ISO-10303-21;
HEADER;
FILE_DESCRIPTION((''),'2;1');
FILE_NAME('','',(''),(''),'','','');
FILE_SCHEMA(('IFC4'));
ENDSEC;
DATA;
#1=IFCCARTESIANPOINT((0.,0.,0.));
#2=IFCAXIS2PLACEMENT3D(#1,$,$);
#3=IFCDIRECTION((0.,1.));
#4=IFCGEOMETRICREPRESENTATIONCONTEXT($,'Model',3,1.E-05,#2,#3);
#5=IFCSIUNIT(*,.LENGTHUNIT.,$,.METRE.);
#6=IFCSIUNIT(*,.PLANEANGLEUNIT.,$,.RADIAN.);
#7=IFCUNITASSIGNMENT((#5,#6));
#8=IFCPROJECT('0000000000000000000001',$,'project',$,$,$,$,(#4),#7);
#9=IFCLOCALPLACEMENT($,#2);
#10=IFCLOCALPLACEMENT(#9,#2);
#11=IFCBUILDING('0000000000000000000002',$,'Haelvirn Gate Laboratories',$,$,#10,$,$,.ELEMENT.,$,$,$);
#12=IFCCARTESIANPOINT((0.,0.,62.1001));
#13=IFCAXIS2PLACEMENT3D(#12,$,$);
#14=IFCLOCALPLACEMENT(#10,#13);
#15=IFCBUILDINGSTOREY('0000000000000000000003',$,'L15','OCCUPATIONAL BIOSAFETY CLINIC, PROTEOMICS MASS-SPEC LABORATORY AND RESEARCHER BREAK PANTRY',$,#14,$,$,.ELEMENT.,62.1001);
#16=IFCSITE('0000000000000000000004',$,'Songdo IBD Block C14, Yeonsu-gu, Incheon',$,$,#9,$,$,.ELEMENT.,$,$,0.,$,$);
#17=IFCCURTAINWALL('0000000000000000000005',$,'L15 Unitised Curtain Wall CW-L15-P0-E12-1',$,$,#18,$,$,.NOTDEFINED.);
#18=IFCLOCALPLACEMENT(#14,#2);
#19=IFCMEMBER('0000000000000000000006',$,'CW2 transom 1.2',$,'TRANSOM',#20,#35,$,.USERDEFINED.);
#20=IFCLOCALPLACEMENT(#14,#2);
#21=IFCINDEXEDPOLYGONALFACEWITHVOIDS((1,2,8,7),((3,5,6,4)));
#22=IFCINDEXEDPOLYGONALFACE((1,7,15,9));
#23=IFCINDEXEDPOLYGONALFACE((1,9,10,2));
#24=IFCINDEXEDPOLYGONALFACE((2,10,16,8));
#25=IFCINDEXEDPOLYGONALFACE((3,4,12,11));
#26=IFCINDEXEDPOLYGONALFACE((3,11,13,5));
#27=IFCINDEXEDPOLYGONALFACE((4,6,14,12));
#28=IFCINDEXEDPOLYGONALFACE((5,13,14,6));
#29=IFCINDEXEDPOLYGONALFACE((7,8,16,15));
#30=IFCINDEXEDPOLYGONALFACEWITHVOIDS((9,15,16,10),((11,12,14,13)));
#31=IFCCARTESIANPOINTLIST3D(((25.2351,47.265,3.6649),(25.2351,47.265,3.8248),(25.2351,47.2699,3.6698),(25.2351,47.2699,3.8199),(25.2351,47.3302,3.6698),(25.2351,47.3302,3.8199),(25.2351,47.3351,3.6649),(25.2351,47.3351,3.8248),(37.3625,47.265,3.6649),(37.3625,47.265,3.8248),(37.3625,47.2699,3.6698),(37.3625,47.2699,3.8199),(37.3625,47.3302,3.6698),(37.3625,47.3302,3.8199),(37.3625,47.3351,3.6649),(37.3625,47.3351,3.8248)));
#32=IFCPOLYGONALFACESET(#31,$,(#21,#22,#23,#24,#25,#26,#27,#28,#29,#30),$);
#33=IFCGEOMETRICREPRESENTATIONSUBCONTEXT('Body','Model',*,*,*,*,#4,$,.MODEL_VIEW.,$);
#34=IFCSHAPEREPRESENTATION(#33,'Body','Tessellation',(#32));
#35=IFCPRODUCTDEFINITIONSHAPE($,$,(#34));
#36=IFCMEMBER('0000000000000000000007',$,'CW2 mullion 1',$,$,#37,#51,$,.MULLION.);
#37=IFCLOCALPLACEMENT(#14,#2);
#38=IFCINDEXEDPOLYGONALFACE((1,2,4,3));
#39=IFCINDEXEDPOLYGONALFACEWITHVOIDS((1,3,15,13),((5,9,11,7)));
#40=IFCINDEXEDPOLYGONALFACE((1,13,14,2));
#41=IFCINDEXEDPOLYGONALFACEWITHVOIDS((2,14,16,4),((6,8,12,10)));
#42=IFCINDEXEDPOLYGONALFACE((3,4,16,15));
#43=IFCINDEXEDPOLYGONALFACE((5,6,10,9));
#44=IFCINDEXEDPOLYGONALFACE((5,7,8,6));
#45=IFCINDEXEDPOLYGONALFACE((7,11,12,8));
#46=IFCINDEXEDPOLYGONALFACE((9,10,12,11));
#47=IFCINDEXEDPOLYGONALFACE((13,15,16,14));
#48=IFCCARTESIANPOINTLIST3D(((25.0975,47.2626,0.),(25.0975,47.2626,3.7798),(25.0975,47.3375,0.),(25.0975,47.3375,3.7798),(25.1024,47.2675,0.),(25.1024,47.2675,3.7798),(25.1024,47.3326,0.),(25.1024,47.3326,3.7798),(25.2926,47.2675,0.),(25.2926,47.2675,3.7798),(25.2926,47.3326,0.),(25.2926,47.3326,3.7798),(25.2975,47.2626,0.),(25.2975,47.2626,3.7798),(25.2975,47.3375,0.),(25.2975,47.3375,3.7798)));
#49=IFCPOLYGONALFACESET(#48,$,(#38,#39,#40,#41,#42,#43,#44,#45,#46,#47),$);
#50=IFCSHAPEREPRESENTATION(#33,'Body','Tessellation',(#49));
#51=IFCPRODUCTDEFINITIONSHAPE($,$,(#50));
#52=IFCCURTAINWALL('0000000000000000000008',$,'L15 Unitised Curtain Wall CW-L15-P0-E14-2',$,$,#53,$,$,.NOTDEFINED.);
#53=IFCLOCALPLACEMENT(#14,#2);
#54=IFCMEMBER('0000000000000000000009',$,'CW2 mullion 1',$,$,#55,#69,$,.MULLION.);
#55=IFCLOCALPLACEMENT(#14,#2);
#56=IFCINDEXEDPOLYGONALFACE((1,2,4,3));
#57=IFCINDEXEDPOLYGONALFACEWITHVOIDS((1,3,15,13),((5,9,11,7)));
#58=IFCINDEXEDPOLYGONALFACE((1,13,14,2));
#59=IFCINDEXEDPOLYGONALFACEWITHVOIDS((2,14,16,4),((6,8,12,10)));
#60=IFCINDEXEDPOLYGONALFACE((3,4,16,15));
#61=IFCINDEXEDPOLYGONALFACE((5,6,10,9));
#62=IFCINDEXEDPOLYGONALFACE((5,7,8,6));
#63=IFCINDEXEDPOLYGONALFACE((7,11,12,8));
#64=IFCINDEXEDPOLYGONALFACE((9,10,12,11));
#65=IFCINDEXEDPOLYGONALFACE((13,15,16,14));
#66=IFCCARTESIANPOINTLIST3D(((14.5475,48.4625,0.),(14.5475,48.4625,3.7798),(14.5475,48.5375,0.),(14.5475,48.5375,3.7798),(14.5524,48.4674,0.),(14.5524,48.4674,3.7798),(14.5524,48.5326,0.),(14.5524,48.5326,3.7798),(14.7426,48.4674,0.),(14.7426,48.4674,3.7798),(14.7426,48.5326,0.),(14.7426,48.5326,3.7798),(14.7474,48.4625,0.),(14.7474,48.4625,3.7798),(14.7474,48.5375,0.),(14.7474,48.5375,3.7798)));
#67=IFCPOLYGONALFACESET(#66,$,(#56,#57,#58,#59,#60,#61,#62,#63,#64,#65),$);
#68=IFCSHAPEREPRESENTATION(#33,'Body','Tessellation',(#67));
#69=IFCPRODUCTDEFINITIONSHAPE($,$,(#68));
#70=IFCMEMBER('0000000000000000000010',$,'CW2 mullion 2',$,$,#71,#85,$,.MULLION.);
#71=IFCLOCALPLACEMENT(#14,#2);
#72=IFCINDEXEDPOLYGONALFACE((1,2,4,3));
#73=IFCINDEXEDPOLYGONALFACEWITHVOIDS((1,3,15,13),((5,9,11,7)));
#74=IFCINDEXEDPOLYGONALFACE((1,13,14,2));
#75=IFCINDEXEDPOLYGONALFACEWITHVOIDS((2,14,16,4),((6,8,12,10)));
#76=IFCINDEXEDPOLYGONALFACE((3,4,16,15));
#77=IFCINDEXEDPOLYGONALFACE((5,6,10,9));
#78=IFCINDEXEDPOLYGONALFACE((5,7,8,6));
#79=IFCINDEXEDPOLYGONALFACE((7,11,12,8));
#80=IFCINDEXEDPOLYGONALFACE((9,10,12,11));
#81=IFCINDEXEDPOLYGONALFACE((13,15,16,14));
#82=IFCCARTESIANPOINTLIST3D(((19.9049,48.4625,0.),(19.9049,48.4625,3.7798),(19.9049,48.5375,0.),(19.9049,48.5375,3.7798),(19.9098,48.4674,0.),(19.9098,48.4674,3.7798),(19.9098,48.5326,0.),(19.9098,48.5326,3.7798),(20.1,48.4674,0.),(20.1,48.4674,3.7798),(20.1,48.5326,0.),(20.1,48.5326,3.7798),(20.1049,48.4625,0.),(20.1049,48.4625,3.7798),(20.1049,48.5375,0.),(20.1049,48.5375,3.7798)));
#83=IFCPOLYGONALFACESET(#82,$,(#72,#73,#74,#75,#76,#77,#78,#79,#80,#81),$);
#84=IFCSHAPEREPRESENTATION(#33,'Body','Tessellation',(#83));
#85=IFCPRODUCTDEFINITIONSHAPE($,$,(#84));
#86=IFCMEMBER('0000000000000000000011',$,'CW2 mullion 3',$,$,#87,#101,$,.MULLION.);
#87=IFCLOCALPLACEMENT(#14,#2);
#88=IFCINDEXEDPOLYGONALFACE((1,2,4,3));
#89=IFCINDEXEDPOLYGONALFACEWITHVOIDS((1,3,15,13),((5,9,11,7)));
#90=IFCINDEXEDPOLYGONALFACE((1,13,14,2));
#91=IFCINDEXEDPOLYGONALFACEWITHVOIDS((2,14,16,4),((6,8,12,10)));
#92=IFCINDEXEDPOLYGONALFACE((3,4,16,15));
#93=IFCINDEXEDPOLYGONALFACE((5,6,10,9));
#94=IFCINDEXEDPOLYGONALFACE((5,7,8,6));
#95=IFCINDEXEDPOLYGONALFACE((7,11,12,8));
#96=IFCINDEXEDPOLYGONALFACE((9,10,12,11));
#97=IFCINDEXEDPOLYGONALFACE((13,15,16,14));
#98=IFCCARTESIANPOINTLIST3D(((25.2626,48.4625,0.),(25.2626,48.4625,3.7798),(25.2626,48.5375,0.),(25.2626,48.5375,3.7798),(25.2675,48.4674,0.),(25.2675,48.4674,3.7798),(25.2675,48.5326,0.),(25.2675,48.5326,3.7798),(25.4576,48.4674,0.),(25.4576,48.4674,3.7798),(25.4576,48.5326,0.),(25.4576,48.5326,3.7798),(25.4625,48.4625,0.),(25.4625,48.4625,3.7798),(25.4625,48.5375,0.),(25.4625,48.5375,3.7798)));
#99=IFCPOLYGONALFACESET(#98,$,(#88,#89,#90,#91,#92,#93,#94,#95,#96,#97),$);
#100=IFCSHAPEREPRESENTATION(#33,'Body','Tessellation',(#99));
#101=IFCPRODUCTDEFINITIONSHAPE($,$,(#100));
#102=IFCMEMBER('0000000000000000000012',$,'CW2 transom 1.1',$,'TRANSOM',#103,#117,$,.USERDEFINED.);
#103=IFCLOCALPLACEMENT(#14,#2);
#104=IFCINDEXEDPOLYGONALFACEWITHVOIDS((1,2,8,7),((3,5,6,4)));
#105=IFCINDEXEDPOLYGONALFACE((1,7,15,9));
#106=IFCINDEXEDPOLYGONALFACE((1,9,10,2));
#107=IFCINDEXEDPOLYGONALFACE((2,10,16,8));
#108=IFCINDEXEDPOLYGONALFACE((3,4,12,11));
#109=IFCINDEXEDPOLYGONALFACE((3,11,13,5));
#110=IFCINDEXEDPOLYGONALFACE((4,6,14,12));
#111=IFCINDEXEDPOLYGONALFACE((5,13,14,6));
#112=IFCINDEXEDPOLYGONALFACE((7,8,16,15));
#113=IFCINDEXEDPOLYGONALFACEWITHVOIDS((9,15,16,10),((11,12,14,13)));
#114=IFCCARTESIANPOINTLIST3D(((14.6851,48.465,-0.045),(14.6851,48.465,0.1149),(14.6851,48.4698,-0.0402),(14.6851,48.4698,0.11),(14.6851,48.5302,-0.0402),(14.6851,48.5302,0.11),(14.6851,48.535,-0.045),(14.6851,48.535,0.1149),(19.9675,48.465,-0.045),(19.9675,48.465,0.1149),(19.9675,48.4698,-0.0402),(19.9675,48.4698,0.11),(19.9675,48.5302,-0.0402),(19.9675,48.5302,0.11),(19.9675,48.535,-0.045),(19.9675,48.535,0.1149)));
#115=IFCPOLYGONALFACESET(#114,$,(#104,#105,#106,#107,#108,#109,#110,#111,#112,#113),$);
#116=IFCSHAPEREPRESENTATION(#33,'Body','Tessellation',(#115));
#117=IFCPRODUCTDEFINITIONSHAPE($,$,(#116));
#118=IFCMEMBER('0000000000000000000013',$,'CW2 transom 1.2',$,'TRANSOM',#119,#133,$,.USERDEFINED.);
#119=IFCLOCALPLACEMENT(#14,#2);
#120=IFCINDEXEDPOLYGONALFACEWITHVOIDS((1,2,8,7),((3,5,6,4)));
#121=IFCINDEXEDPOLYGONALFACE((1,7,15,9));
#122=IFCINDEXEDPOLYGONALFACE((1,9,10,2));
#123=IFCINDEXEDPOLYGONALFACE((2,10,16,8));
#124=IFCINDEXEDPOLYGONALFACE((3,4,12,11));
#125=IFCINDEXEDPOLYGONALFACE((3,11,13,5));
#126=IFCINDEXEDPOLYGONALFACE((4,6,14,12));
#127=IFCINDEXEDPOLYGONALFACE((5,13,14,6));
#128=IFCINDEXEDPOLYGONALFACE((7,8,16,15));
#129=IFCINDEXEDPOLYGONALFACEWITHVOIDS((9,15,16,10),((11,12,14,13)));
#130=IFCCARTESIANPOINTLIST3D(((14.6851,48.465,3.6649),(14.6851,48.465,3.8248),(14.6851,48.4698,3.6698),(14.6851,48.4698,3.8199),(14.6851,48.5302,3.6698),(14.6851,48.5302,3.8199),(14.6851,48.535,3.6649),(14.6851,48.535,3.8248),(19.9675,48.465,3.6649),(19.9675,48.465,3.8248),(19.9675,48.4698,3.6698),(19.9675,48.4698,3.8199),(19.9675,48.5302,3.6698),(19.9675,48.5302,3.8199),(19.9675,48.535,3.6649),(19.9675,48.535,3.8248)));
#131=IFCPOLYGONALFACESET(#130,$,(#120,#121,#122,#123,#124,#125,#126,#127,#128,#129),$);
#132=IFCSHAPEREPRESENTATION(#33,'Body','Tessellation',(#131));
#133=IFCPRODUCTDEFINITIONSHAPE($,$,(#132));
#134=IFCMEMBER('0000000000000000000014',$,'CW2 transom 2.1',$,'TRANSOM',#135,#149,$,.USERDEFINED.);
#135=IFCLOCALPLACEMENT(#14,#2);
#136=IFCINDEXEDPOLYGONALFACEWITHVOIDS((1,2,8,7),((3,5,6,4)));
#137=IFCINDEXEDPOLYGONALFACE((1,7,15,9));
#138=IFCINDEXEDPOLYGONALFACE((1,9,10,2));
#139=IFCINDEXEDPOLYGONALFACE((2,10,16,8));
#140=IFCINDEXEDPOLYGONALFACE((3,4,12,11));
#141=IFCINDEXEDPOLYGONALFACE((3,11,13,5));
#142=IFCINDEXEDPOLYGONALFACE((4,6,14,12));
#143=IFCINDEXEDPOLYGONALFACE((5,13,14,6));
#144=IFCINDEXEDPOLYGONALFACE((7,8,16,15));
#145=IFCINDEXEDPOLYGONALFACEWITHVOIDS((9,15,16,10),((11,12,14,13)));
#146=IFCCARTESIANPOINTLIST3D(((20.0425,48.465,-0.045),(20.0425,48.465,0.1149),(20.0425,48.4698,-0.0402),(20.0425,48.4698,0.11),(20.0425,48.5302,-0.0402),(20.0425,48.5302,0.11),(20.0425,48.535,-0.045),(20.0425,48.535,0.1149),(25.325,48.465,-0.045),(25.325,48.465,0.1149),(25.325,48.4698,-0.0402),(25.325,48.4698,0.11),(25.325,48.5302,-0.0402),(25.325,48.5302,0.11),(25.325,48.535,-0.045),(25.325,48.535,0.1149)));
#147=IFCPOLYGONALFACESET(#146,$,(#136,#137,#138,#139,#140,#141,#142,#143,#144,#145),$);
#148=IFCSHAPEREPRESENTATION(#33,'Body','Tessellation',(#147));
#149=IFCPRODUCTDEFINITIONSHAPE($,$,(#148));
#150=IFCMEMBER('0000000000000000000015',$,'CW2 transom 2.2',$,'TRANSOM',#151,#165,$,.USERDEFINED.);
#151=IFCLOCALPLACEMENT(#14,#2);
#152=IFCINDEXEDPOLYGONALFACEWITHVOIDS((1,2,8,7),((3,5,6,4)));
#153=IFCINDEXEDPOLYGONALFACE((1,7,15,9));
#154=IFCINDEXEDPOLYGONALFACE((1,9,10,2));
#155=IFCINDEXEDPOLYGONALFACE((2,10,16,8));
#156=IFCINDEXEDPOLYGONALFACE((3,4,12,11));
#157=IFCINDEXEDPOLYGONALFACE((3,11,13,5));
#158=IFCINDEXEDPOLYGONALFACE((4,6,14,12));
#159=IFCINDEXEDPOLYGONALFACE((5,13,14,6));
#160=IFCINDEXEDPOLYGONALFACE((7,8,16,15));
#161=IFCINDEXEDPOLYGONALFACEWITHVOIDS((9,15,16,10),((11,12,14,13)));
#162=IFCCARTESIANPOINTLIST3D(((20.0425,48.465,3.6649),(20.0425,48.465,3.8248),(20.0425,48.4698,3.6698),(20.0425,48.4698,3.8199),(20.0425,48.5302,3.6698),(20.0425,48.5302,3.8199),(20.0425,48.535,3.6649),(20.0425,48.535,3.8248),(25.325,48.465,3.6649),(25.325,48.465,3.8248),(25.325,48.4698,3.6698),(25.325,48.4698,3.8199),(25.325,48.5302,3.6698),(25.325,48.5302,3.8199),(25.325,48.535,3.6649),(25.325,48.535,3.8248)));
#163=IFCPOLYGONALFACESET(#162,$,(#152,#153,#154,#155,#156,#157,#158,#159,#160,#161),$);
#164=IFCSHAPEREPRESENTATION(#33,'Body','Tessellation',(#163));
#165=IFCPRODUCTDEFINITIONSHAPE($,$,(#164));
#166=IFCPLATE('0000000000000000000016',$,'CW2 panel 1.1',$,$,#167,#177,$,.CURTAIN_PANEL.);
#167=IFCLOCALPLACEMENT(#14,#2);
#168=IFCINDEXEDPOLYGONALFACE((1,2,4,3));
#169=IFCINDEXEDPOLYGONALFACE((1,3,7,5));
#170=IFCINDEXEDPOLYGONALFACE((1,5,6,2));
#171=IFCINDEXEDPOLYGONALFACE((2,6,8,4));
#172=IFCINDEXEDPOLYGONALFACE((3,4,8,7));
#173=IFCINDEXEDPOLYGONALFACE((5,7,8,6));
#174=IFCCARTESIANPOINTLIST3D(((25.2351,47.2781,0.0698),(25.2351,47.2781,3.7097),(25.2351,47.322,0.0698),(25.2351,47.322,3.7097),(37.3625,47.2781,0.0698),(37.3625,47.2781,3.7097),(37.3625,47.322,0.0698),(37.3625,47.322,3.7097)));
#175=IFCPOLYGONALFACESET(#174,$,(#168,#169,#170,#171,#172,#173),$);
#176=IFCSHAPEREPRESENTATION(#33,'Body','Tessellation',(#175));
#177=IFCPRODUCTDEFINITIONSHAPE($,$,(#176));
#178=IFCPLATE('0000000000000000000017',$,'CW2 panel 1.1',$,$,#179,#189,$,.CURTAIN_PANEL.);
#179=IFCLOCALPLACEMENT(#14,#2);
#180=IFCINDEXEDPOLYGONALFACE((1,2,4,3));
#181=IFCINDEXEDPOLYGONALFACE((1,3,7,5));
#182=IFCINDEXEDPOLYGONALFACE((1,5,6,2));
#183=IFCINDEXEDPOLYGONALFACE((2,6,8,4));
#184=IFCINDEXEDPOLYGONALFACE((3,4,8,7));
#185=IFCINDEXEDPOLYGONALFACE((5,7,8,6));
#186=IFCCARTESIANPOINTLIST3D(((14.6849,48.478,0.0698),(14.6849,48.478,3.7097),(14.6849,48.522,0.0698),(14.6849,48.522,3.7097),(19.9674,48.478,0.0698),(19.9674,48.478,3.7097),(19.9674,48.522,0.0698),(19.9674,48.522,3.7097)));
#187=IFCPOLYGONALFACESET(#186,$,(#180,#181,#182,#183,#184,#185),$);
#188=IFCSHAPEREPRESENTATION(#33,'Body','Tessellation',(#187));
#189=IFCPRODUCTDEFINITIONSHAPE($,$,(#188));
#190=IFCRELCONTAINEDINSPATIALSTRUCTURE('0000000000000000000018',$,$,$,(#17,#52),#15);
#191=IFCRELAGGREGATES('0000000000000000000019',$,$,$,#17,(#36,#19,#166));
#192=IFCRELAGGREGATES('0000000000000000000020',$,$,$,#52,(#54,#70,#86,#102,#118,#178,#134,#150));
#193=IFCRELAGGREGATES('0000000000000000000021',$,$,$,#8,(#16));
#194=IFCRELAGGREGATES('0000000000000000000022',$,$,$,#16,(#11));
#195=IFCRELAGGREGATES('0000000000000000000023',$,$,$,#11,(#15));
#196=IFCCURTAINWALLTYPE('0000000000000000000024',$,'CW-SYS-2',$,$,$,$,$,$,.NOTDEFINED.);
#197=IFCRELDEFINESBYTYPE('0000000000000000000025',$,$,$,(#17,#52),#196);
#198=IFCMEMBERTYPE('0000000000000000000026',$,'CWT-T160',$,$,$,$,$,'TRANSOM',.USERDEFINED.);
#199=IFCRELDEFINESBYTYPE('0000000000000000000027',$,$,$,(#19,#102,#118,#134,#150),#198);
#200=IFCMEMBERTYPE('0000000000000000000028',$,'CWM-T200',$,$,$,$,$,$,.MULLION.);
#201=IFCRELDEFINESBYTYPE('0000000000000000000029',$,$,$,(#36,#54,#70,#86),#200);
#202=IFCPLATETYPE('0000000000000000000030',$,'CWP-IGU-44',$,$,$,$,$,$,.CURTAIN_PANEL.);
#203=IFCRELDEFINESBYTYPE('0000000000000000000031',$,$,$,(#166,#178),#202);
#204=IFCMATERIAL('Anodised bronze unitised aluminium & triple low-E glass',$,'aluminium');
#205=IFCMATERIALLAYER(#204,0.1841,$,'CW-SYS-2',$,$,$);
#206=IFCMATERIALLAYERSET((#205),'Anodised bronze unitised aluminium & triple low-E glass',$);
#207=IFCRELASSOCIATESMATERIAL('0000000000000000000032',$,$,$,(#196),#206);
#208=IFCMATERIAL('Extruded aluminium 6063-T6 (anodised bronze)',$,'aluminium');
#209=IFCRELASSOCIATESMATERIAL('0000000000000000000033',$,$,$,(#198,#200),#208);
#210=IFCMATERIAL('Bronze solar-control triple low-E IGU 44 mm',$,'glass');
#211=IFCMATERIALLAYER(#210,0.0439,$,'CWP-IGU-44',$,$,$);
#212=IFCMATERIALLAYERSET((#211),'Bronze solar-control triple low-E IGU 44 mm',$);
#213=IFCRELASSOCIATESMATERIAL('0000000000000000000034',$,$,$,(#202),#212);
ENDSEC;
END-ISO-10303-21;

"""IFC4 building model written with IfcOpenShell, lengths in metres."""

from ifc_helpers import new_model, si_unit, direction, frame, origin, origin_2d, place, context, subcontext, project, spatial, rectangle, hollow_rectangle, extrude, source, transform, mapped, material, layer, layer_set, material_profile, profile_set, type_object, type_shapes, element, aggregate, save


model = new_model("IFC4")

# Units and contexts
model_context = context("Model", 3, precision=1e-05, world=origin(), true_north=direction((0.0, 1.0)))
body_context = subcontext(model_context, "Body", "Model", "MODEL_VIEW")
ifc_project = project(units=[si_unit("LENGTHUNIT", "METRE"), si_unit("PLANEANGLEUNIT", "RADIAN")], contexts=[model_context])

# Site, building, storey
site_placement = place(None, origin())
site = spatial("IfcSite", under=ifc_project, at=site_placement, Name="Songdo IBD Block C14, Yeonsu-gu, Incheon", CompositionType="ELEMENT", RefElevation=0.0)
building_placement = place(site_placement, origin())
building = spatial("IfcBuilding", under=site, at=building_placement, Name="Haelvirn Gate Laboratories", CompositionType="ELEMENT")
storey_placement = place(building_placement, frame((0.0, 0.0, 62.1001)))
storey = spatial("IfcBuildingStorey", under=building, at=storey_placement, Name="L15", Description="OCCUPATIONAL BIOSAFETY CLINIC, PROTEOMICS MASS-SPEC LABORATORY AND RESEARCHER BREAK PANTRY", CompositionType="ELEMENT", Elevation=62.1001)

# Curtain walls, members
ifc_material_1 = material(Name="Anodised bronze unitised aluminium & triple low-E glass", Category="aluminium")
ifc_layer_1 = layer(ifc_material_1, 0.1841, Name="CW-SYS-2")
ifc_layer_set_1 = layer_set([ifc_layer_1], Name="Anodised bronze unitised aluminium & triple low-E glass")
curtain_wall_type = type_object("IfcCurtainWallType", Name="CW-SYS-2", PredefinedType="NOTDEFINED", material=ifc_layer_set_1)
curtain_wall_1_placement = place(storey_placement, origin())
curtain_wall_1 = element("IfcCurtainWall", 1, at=curtain_wall_1_placement, inside=storey, type_object=curtain_wall_type, Name="L15 Unitised Curtain Wall CW-L15-P0-E12-1", PredefinedType="NOTDEFINED")
ifc_material_2 = material(Name="Extruded aluminium 6063-T6 (anodised bronze)", Category="aluminium")
ifc_material_profile_1 = material_profile(ifc_material_2, hollow_rectangle(XDim=0.0701, YDim=0.1599, WallThickness=0.0049, at=origin_2d()), Name="CWT-160x70x5")
ifc_profile_set_1 = profile_set([ifc_material_profile_1], Name="Extruded aluminium 6063-T6 (anodised bronze)")
member_type_1 = type_object("IfcMemberType", Name="CWT-T160", ElementType="TRANSOM", PredefinedType="USERDEFINED", material=ifc_profile_set_1)
shared_shape_1 = source(origin(), body_context, "Body", "SweptSolid", [
    extrude(hollow_rectangle(XDim=0.0701, YDim=0.1599, WallThickness=0.0049, at=origin_2d()), origin(), (0.0, 0.0, 1.0), 12.1274),
])
member_1_placement = place(storey_placement, frame((25.2351, 47.3, 3.7449), z_axis=(1.0, 0.0, 0.0), x_axis=(0.0, 1.0, 0.0)))
member_1 = element("IfcMember", 2, at=member_1_placement, type_object=member_type_1, Name="CW2 transom 1.2", ObjectType="TRANSOM", PredefinedType="USERDEFINED", context=body_context, shape_type="MappedRepresentation", body=[
    mapped(shared_shape_1, transform((0.0, 0.0, 0.0), scale=1.0)),
])
ifc_material_profile_2 = material_profile(ifc_material_2, hollow_rectangle(XDim=0.075, YDim=0.2, WallThickness=0.0049, at=origin_2d()), Name="CWM-200x75x5")
ifc_profile_set_2 = profile_set([ifc_material_profile_2], Name="Extruded aluminium 6063-T6 (anodised bronze)")
member_type_2 = type_object("IfcMemberType", Name="CWM-T200", PredefinedType="MULLION", material=ifc_profile_set_2)
shared_shape_2 = source(origin(), body_context, "Body", "SweptSolid", [
    extrude(hollow_rectangle(XDim=0.075, YDim=0.2, WallThickness=0.0049, at=origin_2d()), origin(), (0.0, 0.0, 1.0), 3.7798),
])
type_shapes(member_type_2, [shared_shape_2])
member_2_placement = place(storey_placement, frame((25.1975, 47.3, 0.0), z_axis=(0.0, 0.0, 1.0), x_axis=(0.0, 1.0, 0.0)))
member_2 = element("IfcMember", 3, at=member_2_placement, type_object=member_type_2, Name="CW2 mullion 1", PredefinedType="MULLION", context=body_context, shape_type="MappedRepresentation", body=[
    mapped(shared_shape_2, transform((0.0, 0.0, 0.0), scale=1.0)),
])
curtain_wall_2_placement = place(storey_placement, origin())
curtain_wall_2 = element("IfcCurtainWall", 4, at=curtain_wall_2_placement, inside=storey, type_object=curtain_wall_type, Name="L15 Unitised Curtain Wall CW-L15-P0-E14-2", PredefinedType="NOTDEFINED")
member_3_placement = place(storey_placement, frame((14.6475, 48.5, 0.0), z_axis=(0.0, 0.0, 1.0), x_axis=(0.0, 1.0, 0.0)))
member_3 = element("IfcMember", 5, at=member_3_placement, type_object=member_type_2, Name="CW2 mullion 1", PredefinedType="MULLION", context=body_context, shape_type="MappedRepresentation", body=[
    mapped(shared_shape_2, transform((0.0, 0.0, 0.0), scale=1.0)),
])
member_4_placement = place(storey_placement, frame((20.0049, 48.5, 0.0), z_axis=(0.0, 0.0, 1.0), x_axis=(0.0, 1.0, 0.0)))
member_4 = element("IfcMember", 6, at=member_4_placement, type_object=member_type_2, Name="CW2 mullion 2", PredefinedType="MULLION", context=body_context, shape_type="MappedRepresentation", body=[
    mapped(shared_shape_2, transform((0.0, 0.0, 0.0), scale=1.0)),
])
member_5_placement = place(storey_placement, frame((25.3625, 48.5, 0.0), z_axis=(0.0, 0.0, 1.0), x_axis=(0.0, 1.0, 0.0)))
member_5 = element("IfcMember", 7, at=member_5_placement, type_object=member_type_2, Name="CW2 mullion 3", PredefinedType="MULLION", context=body_context, shape_type="MappedRepresentation", body=[
    mapped(shared_shape_2, transform((0.0, 0.0, 0.0), scale=1.0)),
])
shared_shape_3 = source(origin(), body_context, "Body", "SweptSolid", [
    extrude(hollow_rectangle(XDim=0.0701, YDim=0.1599, WallThickness=0.0049, at=origin_2d()), origin(), (0.0, 0.0, 1.0), 5.2825),
])
type_shapes(member_type_1, [shared_shape_1, shared_shape_3])
member_6_placement = place(storey_placement, frame((14.6851, 48.5, 0.0349), z_axis=(1.0, 0.0, 0.0), x_axis=(0.0, 1.0, 0.0)))
member_6 = element("IfcMember", 8, at=member_6_placement, type_object=member_type_1, Name="CW2 transom 1.1", ObjectType="TRANSOM", PredefinedType="USERDEFINED", context=body_context, shape_type="MappedRepresentation", body=[
    mapped(shared_shape_3, transform((0.0, 0.0, 0.0), scale=1.0)),
])
member_7_placement = place(storey_placement, frame((14.6851, 48.5, 3.7449), z_axis=(1.0, 0.0, 0.0), x_axis=(0.0, 1.0, 0.0)))
member_7 = element("IfcMember", 9, at=member_7_placement, type_object=member_type_1, Name="CW2 transom 1.2", ObjectType="TRANSOM", PredefinedType="USERDEFINED", context=body_context, shape_type="MappedRepresentation", body=[
    mapped(shared_shape_3, transform((0.0, 0.0, 0.0), scale=1.0)),
])
member_8_placement = place(storey_placement, frame((20.0425, 48.5, 0.0349), z_axis=(1.0, 0.0, 0.0), x_axis=(0.0, 1.0, 0.0)))
member_8 = element("IfcMember", 10, at=member_8_placement, type_object=member_type_1, Name="CW2 transom 2.1", ObjectType="TRANSOM", PredefinedType="USERDEFINED", context=body_context, shape_type="MappedRepresentation", body=[
    mapped(shared_shape_3, transform((0.0, 0.0, 0.0), scale=1.0)),
])
member_9_placement = place(storey_placement, frame((20.0425, 48.5, 3.7449), z_axis=(1.0, 0.0, 0.0), x_axis=(0.0, 1.0, 0.0)))
member_9 = element("IfcMember", 11, at=member_9_placement, type_object=member_type_1, Name="CW2 transom 2.2", ObjectType="TRANSOM", PredefinedType="USERDEFINED", context=body_context, shape_type="MappedRepresentation", body=[
    mapped(shared_shape_3, transform((0.0, 0.0, 0.0), scale=1.0)),
])

# Plates
ifc_material_3 = material(Name="Bronze solar-control triple low-E IGU 44 mm", Category="glass")
ifc_layer_2 = layer(ifc_material_3, 0.0439, Name="CWP-IGU-44")
ifc_layer_set_2 = layer_set([ifc_layer_2], Name="Bronze solar-control triple low-E IGU 44 mm")
plate_type = type_object("IfcPlateType", Name="CWP-IGU-44", PredefinedType="CURTAIN_PANEL", material=ifc_layer_set_2)
shared_shape_4 = source(origin(), body_context, "Body", "SweptSolid", [
    extrude(rectangle(XDim=12.1274, YDim=0.0439, at=origin_2d()), origin(), (0.0, 0.0, 1.0), 3.6399),
])
plate_1_placement = place(storey_placement, frame((31.2988, 47.3, 0.0698), z_axis=(0.0, 0.0, 1.0), x_axis=(1.0, 0.0, 0.0)))
plate_1 = element("IfcPlate", 12, at=plate_1_placement, type_object=plate_type, Name="CW2 panel 1.1", PredefinedType="CURTAIN_PANEL", context=body_context, shape_type="MappedRepresentation", body=[
    mapped(shared_shape_4, transform((0.0, 0.0, 0.0), scale=1.0)),
])
aggregate(curtain_wall_1, [member_2, member_1, plate_1])
shared_shape_5 = source(origin(), body_context, "Body", "SweptSolid", [
    extrude(rectangle(XDim=5.2825, YDim=0.0439, at=origin_2d()), origin(), (0.0, 0.0, 1.0), 3.6399),
])
type_shapes(plate_type, [shared_shape_4, shared_shape_5])
plate_2_placement = place(storey_placement, frame((17.3262, 48.5, 0.0698), z_axis=(0.0, 0.0, 1.0), x_axis=(1.0, 0.0, 0.0)))
plate_2 = element("IfcPlate", 13, at=plate_2_placement, type_object=plate_type, Name="CW2 panel 1.1", PredefinedType="CURTAIN_PANEL", context=body_context, shape_type="MappedRepresentation", body=[
    mapped(shared_shape_5, transform((0.0, 0.0, 0.0), scale=1.0)),
])
aggregate(curtain_wall_2, [member_3, member_4, member_5, member_6, member_7, plate_2, member_8, member_9])

save(model, "model.ifc")
